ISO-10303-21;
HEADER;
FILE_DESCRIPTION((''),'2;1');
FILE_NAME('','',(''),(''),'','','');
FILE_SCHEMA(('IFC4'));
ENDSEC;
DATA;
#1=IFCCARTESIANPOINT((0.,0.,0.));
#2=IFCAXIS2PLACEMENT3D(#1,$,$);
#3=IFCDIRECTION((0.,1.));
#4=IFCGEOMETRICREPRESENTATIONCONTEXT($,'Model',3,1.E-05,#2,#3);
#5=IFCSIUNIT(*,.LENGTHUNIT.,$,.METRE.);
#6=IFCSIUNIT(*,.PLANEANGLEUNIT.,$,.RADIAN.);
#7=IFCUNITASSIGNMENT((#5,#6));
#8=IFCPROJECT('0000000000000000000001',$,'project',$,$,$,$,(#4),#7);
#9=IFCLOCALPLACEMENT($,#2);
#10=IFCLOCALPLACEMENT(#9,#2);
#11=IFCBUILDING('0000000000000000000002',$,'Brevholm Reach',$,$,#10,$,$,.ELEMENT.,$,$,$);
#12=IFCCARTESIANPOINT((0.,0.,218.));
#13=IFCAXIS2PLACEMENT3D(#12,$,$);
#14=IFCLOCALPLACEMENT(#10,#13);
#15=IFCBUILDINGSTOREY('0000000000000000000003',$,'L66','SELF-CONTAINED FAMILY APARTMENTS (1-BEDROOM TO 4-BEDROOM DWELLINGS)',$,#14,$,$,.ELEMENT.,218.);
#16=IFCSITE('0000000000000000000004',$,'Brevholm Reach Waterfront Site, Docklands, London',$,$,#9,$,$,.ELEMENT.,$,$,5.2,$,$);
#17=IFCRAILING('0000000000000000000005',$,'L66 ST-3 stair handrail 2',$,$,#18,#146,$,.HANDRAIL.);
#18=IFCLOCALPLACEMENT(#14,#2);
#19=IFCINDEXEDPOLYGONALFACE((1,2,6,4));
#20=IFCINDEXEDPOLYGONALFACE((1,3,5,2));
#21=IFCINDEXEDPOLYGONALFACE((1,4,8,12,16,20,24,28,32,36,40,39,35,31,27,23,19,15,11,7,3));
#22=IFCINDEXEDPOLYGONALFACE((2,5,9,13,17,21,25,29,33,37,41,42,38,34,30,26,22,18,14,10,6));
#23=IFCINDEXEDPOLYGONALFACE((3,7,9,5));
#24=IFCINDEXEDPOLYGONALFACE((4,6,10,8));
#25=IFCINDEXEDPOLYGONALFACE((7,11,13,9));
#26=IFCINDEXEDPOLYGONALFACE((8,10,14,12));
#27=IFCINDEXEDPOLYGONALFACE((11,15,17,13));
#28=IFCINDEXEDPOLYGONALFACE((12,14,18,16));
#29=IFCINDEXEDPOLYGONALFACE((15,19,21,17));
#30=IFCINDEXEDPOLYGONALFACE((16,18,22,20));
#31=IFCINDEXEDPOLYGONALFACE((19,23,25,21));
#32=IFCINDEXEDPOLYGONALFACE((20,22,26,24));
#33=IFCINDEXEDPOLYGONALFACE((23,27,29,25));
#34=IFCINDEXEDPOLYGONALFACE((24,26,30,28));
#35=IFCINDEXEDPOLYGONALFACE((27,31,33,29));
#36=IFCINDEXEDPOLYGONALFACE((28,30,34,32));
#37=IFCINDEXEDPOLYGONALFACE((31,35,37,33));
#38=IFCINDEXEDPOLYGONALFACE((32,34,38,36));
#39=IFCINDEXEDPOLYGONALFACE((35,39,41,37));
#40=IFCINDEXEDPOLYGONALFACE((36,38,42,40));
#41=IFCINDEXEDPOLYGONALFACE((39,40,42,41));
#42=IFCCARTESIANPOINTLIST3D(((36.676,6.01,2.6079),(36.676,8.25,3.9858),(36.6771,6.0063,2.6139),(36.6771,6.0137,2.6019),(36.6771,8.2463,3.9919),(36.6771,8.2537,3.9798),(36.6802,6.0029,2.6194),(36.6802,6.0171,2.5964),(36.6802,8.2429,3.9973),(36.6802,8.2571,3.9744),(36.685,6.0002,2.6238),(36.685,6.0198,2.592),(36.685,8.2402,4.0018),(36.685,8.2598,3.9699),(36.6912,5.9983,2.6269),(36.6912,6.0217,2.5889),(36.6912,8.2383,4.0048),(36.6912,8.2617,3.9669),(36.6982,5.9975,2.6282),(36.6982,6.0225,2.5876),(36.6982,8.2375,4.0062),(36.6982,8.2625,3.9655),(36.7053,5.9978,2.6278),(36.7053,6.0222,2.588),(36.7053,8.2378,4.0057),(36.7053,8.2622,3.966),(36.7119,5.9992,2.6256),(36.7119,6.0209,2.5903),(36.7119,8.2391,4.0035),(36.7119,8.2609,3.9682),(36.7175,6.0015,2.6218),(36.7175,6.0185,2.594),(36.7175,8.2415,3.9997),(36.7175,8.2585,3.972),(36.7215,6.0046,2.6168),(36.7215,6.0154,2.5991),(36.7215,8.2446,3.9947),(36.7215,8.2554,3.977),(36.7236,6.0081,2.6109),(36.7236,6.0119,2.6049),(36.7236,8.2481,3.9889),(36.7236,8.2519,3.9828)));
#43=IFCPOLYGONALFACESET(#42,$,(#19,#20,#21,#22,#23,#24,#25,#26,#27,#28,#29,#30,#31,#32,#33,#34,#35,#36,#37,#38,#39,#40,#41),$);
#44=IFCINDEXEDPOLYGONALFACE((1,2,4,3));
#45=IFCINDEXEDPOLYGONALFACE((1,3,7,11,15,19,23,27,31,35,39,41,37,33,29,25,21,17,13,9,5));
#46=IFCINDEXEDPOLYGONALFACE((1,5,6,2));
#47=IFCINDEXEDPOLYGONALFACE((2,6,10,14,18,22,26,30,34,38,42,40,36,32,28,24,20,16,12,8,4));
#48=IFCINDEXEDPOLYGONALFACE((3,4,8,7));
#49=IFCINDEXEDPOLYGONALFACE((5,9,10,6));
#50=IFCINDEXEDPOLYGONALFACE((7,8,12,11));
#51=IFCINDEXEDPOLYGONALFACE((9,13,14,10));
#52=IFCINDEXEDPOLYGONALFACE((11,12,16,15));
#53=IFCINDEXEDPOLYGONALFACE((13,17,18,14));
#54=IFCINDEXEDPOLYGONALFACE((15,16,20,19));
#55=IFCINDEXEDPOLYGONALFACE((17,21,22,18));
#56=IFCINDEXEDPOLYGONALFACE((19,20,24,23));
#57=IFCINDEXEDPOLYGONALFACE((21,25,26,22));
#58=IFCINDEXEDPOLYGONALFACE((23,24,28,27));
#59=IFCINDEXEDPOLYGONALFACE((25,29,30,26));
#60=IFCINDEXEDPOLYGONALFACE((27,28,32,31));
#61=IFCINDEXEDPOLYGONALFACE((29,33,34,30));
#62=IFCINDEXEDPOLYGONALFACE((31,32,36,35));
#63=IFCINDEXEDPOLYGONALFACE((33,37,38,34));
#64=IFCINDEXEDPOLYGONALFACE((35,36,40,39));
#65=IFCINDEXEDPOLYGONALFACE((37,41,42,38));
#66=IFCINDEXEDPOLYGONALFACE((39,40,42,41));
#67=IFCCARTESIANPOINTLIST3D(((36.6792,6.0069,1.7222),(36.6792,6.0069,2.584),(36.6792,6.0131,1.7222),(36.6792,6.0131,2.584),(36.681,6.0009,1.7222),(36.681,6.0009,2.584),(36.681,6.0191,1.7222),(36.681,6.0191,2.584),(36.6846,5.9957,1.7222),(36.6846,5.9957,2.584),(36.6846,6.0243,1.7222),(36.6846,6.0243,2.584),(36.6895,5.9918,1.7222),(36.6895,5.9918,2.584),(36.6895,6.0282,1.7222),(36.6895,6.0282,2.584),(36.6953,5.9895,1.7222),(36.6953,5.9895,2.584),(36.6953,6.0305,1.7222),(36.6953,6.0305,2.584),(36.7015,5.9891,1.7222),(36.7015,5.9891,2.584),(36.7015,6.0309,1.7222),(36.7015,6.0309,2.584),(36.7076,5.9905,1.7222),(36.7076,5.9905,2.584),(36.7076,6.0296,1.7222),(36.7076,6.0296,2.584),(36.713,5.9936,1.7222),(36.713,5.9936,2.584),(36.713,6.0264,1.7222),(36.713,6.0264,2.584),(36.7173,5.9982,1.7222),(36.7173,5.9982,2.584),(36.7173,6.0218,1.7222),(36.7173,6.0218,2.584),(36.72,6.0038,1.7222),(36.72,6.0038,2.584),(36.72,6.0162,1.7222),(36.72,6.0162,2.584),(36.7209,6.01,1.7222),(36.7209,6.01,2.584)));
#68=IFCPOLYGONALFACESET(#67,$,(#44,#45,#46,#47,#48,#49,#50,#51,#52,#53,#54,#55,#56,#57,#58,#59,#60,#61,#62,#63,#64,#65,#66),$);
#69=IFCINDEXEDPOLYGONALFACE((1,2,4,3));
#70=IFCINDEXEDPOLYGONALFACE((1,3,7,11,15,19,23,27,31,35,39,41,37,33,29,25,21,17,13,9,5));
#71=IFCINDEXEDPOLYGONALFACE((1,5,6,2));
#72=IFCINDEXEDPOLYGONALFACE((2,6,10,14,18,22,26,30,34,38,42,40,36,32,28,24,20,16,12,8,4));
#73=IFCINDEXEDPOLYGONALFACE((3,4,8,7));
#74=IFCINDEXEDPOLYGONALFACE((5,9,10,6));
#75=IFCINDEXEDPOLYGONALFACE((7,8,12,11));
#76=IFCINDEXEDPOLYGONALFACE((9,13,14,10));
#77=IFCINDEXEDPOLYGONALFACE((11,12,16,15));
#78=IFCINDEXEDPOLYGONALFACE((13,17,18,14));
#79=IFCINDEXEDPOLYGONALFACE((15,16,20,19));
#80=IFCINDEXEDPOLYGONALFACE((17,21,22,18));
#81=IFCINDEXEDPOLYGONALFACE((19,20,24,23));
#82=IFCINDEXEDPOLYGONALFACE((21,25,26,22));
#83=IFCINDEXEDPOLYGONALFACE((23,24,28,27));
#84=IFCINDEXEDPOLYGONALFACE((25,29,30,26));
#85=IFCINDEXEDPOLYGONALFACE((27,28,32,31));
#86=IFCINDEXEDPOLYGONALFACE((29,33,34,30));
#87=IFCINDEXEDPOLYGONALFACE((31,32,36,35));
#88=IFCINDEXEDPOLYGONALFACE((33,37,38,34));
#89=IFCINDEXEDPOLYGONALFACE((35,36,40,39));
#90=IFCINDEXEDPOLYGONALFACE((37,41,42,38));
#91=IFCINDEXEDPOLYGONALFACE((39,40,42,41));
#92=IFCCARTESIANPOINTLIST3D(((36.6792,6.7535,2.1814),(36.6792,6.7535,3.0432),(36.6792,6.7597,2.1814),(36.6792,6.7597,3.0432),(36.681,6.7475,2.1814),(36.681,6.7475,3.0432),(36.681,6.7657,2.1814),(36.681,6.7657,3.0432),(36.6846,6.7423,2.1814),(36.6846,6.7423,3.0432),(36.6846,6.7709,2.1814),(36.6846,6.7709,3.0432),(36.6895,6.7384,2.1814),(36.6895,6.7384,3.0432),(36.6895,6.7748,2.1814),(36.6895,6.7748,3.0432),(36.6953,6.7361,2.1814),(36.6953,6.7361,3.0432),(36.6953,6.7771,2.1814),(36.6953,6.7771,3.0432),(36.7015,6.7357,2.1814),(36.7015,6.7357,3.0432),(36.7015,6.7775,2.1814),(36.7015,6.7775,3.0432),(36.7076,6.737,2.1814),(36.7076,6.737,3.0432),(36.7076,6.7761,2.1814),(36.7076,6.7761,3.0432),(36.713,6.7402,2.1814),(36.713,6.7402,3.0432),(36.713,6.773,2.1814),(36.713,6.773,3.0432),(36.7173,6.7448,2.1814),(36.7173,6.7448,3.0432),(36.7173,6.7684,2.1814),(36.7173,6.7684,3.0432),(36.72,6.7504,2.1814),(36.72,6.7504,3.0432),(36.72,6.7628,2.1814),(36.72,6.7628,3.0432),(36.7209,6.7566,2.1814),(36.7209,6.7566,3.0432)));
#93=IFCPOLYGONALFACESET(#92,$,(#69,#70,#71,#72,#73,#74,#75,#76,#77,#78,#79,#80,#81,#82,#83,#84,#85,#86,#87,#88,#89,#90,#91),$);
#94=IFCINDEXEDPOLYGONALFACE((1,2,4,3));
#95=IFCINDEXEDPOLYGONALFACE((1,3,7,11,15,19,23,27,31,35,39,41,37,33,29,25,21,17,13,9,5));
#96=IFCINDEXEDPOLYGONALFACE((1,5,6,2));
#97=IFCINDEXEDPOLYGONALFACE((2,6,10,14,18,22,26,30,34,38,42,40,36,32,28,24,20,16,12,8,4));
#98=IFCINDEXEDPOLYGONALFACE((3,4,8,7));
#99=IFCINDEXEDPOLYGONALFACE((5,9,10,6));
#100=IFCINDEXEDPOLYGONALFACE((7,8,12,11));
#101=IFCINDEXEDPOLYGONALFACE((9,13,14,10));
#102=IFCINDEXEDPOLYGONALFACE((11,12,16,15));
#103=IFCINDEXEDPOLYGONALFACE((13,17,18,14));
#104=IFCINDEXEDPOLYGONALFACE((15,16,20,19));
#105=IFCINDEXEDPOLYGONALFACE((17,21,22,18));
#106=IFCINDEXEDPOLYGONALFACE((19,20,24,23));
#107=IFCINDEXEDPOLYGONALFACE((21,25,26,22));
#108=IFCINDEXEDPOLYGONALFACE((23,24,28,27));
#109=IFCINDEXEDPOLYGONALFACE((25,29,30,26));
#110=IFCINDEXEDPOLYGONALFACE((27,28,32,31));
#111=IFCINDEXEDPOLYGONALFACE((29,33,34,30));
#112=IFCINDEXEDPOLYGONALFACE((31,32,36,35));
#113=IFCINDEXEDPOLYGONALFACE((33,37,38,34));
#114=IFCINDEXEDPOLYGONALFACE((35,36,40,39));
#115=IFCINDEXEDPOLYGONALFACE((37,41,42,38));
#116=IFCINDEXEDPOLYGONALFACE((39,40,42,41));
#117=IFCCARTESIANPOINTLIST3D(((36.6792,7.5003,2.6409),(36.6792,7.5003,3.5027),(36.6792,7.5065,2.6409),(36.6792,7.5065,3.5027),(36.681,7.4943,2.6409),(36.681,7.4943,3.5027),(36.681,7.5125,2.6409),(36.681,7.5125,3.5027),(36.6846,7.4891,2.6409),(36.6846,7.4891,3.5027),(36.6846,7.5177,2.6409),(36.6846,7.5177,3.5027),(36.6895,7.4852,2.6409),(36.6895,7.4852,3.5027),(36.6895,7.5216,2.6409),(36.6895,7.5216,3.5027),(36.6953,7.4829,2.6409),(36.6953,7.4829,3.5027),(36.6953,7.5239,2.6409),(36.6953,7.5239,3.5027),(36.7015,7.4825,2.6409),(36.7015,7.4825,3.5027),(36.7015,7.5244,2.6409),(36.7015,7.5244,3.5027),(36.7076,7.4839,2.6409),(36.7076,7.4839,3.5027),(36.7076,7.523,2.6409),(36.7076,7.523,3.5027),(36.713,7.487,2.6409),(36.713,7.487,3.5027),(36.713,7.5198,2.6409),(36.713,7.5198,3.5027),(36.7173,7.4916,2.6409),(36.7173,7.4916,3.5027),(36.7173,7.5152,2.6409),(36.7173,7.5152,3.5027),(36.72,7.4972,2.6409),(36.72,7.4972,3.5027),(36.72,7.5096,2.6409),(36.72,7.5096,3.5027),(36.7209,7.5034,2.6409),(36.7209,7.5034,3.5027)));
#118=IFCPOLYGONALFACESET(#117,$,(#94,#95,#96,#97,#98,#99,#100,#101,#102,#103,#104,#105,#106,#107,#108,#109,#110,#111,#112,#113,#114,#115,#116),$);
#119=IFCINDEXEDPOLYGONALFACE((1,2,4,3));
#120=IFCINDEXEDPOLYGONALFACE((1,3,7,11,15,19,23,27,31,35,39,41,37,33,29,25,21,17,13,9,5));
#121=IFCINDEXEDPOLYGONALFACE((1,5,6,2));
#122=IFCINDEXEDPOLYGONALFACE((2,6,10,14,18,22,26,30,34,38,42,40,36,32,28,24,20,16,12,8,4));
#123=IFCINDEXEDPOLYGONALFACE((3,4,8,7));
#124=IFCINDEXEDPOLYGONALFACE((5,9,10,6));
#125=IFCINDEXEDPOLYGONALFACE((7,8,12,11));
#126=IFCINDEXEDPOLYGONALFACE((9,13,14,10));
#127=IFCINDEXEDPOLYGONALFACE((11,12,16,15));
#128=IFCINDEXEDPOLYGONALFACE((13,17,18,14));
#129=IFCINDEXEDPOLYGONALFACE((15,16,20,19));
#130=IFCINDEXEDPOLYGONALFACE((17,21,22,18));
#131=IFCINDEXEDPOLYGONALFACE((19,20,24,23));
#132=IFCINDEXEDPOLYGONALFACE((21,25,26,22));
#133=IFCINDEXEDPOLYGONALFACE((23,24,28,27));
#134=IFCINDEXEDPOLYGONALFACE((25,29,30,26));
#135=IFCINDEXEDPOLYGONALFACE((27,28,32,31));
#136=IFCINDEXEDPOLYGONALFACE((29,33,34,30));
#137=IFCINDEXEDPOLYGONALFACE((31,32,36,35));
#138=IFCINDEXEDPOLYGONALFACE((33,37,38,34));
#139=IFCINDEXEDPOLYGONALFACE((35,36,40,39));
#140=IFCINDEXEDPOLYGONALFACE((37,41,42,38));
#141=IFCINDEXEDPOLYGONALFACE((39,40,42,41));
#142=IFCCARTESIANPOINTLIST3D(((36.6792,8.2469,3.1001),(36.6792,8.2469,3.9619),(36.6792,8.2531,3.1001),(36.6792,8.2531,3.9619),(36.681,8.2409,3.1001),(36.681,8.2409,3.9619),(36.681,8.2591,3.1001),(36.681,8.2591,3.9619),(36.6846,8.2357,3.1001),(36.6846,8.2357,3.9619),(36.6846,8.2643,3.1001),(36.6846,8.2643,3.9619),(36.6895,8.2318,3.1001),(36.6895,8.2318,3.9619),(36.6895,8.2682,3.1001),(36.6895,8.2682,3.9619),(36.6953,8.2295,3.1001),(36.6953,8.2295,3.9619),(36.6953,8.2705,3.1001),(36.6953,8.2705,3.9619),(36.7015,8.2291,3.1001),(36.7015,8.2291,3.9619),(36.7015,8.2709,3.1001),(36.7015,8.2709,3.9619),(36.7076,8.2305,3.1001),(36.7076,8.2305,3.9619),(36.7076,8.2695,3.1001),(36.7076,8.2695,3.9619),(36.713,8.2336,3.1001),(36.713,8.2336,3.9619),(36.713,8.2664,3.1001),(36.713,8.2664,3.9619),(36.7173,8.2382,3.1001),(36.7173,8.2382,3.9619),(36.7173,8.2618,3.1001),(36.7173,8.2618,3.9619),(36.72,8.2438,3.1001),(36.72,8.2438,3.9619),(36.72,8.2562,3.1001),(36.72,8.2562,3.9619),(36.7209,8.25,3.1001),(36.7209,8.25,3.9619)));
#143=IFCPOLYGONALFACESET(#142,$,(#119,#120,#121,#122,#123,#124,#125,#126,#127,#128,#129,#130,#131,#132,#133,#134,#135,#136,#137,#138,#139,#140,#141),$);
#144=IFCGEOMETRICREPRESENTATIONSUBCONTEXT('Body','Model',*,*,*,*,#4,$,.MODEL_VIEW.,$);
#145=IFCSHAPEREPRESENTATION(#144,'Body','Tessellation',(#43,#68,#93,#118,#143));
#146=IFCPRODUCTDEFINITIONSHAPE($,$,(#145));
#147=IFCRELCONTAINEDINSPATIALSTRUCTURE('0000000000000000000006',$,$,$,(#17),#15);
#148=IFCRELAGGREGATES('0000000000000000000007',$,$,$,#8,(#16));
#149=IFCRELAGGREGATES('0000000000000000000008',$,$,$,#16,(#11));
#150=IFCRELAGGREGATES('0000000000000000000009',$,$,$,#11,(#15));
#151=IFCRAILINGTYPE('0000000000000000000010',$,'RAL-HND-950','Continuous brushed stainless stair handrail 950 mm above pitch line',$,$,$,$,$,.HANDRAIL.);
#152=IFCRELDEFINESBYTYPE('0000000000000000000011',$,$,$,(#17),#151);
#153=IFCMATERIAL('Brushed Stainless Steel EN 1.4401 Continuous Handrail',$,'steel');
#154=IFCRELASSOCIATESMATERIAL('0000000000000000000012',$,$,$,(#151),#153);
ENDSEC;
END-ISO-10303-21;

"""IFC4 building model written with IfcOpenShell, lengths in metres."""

from ifc_helpers import new_model, si_unit, direction, frame, origin, origin_2d, place, context, subcontext, project, spatial, circle, extrude, material, type_object, element, save


model = new_model("IFC4")

# Units and contexts
model_context = context("Model", 3, precision=1e-05, world=origin(), true_north=direction((0.0, 1.0)))
body_context = subcontext(model_context, "Body", "Model", "MODEL_VIEW")
ifc_project = project(units=[si_unit("LENGTHUNIT", "METRE"), si_unit("PLANEANGLEUNIT", "RADIAN")], contexts=[model_context])

# Site, building, storey
site_placement = place(None, origin())
site = spatial("IfcSite", under=ifc_project, at=site_placement, Name="Brevholm Reach Waterfront Site, Docklands, London", CompositionType="ELEMENT", RefElevation=5.2)
building_placement = place(site_placement, origin())
building = spatial("IfcBuilding", under=site, at=building_placement, Name="Brevholm Reach", CompositionType="ELEMENT")
storey_placement = place(building_placement, frame((0.0, 0.0, 218.0)))
storey = spatial("IfcBuildingStorey", under=building, at=storey_placement, Name="L66", Description="SELF-CONTAINED FAMILY APARTMENTS (1-BEDROOM TO 4-BEDROOM DWELLINGS)", CompositionType="ELEMENT", Elevation=218.0)

# Railing
ifc_material_1 = material(Name="Brushed Stainless Steel EN 1.4401 Continuous Handrail", Category="steel")
railing_type_1 = type_object("IfcRailingType", Name="RAL-HND-950", Description="Continuous brushed stainless stair handrail 950 mm above pitch line", PredefinedType="HANDRAIL", material=ifc_material_1)
railing_1_placement = place(storey_placement, frame((36.7, 6.01, 1.7222)))
element("IfcRailing", 1, at=railing_1_placement, inside=storey, type_object=railing_type_1, Name="L66 ST-3 stair handrail 2", PredefinedType="HANDRAIL", context=body_context, shape_type="SweptSolid", body=[
    extrude(circle(Radius=0.0239, at=origin_2d()), frame((0.0, 0.0, 0.8857), z_axis=(0.0, 0.851748, 0.523952), x_axis=(-1.0, 0.0, 0.0)), (0.0, 0.0, 1.0), 2.6299),
    extrude(circle(Radius=0.021, at=origin_2d()), origin(), (0.0, 0.0, 1.0), 0.8618),
    extrude(circle(Radius=0.021, at=origin_2d()), frame((0.0, 0.7466, 0.4592)), (0.0, 0.0, 1.0), 0.8618),
    extrude(circle(Radius=0.021, at=origin_2d()), frame((0.0, 1.4934, 0.9187)), (0.0, 0.0, 1.0), 0.8618),
    extrude(circle(Radius=0.021, at=origin_2d()), frame((0.0, 2.24, 1.3779)), (0.0, 0.0, 1.0), 0.8618),
])

save(model, "model.ifc")
